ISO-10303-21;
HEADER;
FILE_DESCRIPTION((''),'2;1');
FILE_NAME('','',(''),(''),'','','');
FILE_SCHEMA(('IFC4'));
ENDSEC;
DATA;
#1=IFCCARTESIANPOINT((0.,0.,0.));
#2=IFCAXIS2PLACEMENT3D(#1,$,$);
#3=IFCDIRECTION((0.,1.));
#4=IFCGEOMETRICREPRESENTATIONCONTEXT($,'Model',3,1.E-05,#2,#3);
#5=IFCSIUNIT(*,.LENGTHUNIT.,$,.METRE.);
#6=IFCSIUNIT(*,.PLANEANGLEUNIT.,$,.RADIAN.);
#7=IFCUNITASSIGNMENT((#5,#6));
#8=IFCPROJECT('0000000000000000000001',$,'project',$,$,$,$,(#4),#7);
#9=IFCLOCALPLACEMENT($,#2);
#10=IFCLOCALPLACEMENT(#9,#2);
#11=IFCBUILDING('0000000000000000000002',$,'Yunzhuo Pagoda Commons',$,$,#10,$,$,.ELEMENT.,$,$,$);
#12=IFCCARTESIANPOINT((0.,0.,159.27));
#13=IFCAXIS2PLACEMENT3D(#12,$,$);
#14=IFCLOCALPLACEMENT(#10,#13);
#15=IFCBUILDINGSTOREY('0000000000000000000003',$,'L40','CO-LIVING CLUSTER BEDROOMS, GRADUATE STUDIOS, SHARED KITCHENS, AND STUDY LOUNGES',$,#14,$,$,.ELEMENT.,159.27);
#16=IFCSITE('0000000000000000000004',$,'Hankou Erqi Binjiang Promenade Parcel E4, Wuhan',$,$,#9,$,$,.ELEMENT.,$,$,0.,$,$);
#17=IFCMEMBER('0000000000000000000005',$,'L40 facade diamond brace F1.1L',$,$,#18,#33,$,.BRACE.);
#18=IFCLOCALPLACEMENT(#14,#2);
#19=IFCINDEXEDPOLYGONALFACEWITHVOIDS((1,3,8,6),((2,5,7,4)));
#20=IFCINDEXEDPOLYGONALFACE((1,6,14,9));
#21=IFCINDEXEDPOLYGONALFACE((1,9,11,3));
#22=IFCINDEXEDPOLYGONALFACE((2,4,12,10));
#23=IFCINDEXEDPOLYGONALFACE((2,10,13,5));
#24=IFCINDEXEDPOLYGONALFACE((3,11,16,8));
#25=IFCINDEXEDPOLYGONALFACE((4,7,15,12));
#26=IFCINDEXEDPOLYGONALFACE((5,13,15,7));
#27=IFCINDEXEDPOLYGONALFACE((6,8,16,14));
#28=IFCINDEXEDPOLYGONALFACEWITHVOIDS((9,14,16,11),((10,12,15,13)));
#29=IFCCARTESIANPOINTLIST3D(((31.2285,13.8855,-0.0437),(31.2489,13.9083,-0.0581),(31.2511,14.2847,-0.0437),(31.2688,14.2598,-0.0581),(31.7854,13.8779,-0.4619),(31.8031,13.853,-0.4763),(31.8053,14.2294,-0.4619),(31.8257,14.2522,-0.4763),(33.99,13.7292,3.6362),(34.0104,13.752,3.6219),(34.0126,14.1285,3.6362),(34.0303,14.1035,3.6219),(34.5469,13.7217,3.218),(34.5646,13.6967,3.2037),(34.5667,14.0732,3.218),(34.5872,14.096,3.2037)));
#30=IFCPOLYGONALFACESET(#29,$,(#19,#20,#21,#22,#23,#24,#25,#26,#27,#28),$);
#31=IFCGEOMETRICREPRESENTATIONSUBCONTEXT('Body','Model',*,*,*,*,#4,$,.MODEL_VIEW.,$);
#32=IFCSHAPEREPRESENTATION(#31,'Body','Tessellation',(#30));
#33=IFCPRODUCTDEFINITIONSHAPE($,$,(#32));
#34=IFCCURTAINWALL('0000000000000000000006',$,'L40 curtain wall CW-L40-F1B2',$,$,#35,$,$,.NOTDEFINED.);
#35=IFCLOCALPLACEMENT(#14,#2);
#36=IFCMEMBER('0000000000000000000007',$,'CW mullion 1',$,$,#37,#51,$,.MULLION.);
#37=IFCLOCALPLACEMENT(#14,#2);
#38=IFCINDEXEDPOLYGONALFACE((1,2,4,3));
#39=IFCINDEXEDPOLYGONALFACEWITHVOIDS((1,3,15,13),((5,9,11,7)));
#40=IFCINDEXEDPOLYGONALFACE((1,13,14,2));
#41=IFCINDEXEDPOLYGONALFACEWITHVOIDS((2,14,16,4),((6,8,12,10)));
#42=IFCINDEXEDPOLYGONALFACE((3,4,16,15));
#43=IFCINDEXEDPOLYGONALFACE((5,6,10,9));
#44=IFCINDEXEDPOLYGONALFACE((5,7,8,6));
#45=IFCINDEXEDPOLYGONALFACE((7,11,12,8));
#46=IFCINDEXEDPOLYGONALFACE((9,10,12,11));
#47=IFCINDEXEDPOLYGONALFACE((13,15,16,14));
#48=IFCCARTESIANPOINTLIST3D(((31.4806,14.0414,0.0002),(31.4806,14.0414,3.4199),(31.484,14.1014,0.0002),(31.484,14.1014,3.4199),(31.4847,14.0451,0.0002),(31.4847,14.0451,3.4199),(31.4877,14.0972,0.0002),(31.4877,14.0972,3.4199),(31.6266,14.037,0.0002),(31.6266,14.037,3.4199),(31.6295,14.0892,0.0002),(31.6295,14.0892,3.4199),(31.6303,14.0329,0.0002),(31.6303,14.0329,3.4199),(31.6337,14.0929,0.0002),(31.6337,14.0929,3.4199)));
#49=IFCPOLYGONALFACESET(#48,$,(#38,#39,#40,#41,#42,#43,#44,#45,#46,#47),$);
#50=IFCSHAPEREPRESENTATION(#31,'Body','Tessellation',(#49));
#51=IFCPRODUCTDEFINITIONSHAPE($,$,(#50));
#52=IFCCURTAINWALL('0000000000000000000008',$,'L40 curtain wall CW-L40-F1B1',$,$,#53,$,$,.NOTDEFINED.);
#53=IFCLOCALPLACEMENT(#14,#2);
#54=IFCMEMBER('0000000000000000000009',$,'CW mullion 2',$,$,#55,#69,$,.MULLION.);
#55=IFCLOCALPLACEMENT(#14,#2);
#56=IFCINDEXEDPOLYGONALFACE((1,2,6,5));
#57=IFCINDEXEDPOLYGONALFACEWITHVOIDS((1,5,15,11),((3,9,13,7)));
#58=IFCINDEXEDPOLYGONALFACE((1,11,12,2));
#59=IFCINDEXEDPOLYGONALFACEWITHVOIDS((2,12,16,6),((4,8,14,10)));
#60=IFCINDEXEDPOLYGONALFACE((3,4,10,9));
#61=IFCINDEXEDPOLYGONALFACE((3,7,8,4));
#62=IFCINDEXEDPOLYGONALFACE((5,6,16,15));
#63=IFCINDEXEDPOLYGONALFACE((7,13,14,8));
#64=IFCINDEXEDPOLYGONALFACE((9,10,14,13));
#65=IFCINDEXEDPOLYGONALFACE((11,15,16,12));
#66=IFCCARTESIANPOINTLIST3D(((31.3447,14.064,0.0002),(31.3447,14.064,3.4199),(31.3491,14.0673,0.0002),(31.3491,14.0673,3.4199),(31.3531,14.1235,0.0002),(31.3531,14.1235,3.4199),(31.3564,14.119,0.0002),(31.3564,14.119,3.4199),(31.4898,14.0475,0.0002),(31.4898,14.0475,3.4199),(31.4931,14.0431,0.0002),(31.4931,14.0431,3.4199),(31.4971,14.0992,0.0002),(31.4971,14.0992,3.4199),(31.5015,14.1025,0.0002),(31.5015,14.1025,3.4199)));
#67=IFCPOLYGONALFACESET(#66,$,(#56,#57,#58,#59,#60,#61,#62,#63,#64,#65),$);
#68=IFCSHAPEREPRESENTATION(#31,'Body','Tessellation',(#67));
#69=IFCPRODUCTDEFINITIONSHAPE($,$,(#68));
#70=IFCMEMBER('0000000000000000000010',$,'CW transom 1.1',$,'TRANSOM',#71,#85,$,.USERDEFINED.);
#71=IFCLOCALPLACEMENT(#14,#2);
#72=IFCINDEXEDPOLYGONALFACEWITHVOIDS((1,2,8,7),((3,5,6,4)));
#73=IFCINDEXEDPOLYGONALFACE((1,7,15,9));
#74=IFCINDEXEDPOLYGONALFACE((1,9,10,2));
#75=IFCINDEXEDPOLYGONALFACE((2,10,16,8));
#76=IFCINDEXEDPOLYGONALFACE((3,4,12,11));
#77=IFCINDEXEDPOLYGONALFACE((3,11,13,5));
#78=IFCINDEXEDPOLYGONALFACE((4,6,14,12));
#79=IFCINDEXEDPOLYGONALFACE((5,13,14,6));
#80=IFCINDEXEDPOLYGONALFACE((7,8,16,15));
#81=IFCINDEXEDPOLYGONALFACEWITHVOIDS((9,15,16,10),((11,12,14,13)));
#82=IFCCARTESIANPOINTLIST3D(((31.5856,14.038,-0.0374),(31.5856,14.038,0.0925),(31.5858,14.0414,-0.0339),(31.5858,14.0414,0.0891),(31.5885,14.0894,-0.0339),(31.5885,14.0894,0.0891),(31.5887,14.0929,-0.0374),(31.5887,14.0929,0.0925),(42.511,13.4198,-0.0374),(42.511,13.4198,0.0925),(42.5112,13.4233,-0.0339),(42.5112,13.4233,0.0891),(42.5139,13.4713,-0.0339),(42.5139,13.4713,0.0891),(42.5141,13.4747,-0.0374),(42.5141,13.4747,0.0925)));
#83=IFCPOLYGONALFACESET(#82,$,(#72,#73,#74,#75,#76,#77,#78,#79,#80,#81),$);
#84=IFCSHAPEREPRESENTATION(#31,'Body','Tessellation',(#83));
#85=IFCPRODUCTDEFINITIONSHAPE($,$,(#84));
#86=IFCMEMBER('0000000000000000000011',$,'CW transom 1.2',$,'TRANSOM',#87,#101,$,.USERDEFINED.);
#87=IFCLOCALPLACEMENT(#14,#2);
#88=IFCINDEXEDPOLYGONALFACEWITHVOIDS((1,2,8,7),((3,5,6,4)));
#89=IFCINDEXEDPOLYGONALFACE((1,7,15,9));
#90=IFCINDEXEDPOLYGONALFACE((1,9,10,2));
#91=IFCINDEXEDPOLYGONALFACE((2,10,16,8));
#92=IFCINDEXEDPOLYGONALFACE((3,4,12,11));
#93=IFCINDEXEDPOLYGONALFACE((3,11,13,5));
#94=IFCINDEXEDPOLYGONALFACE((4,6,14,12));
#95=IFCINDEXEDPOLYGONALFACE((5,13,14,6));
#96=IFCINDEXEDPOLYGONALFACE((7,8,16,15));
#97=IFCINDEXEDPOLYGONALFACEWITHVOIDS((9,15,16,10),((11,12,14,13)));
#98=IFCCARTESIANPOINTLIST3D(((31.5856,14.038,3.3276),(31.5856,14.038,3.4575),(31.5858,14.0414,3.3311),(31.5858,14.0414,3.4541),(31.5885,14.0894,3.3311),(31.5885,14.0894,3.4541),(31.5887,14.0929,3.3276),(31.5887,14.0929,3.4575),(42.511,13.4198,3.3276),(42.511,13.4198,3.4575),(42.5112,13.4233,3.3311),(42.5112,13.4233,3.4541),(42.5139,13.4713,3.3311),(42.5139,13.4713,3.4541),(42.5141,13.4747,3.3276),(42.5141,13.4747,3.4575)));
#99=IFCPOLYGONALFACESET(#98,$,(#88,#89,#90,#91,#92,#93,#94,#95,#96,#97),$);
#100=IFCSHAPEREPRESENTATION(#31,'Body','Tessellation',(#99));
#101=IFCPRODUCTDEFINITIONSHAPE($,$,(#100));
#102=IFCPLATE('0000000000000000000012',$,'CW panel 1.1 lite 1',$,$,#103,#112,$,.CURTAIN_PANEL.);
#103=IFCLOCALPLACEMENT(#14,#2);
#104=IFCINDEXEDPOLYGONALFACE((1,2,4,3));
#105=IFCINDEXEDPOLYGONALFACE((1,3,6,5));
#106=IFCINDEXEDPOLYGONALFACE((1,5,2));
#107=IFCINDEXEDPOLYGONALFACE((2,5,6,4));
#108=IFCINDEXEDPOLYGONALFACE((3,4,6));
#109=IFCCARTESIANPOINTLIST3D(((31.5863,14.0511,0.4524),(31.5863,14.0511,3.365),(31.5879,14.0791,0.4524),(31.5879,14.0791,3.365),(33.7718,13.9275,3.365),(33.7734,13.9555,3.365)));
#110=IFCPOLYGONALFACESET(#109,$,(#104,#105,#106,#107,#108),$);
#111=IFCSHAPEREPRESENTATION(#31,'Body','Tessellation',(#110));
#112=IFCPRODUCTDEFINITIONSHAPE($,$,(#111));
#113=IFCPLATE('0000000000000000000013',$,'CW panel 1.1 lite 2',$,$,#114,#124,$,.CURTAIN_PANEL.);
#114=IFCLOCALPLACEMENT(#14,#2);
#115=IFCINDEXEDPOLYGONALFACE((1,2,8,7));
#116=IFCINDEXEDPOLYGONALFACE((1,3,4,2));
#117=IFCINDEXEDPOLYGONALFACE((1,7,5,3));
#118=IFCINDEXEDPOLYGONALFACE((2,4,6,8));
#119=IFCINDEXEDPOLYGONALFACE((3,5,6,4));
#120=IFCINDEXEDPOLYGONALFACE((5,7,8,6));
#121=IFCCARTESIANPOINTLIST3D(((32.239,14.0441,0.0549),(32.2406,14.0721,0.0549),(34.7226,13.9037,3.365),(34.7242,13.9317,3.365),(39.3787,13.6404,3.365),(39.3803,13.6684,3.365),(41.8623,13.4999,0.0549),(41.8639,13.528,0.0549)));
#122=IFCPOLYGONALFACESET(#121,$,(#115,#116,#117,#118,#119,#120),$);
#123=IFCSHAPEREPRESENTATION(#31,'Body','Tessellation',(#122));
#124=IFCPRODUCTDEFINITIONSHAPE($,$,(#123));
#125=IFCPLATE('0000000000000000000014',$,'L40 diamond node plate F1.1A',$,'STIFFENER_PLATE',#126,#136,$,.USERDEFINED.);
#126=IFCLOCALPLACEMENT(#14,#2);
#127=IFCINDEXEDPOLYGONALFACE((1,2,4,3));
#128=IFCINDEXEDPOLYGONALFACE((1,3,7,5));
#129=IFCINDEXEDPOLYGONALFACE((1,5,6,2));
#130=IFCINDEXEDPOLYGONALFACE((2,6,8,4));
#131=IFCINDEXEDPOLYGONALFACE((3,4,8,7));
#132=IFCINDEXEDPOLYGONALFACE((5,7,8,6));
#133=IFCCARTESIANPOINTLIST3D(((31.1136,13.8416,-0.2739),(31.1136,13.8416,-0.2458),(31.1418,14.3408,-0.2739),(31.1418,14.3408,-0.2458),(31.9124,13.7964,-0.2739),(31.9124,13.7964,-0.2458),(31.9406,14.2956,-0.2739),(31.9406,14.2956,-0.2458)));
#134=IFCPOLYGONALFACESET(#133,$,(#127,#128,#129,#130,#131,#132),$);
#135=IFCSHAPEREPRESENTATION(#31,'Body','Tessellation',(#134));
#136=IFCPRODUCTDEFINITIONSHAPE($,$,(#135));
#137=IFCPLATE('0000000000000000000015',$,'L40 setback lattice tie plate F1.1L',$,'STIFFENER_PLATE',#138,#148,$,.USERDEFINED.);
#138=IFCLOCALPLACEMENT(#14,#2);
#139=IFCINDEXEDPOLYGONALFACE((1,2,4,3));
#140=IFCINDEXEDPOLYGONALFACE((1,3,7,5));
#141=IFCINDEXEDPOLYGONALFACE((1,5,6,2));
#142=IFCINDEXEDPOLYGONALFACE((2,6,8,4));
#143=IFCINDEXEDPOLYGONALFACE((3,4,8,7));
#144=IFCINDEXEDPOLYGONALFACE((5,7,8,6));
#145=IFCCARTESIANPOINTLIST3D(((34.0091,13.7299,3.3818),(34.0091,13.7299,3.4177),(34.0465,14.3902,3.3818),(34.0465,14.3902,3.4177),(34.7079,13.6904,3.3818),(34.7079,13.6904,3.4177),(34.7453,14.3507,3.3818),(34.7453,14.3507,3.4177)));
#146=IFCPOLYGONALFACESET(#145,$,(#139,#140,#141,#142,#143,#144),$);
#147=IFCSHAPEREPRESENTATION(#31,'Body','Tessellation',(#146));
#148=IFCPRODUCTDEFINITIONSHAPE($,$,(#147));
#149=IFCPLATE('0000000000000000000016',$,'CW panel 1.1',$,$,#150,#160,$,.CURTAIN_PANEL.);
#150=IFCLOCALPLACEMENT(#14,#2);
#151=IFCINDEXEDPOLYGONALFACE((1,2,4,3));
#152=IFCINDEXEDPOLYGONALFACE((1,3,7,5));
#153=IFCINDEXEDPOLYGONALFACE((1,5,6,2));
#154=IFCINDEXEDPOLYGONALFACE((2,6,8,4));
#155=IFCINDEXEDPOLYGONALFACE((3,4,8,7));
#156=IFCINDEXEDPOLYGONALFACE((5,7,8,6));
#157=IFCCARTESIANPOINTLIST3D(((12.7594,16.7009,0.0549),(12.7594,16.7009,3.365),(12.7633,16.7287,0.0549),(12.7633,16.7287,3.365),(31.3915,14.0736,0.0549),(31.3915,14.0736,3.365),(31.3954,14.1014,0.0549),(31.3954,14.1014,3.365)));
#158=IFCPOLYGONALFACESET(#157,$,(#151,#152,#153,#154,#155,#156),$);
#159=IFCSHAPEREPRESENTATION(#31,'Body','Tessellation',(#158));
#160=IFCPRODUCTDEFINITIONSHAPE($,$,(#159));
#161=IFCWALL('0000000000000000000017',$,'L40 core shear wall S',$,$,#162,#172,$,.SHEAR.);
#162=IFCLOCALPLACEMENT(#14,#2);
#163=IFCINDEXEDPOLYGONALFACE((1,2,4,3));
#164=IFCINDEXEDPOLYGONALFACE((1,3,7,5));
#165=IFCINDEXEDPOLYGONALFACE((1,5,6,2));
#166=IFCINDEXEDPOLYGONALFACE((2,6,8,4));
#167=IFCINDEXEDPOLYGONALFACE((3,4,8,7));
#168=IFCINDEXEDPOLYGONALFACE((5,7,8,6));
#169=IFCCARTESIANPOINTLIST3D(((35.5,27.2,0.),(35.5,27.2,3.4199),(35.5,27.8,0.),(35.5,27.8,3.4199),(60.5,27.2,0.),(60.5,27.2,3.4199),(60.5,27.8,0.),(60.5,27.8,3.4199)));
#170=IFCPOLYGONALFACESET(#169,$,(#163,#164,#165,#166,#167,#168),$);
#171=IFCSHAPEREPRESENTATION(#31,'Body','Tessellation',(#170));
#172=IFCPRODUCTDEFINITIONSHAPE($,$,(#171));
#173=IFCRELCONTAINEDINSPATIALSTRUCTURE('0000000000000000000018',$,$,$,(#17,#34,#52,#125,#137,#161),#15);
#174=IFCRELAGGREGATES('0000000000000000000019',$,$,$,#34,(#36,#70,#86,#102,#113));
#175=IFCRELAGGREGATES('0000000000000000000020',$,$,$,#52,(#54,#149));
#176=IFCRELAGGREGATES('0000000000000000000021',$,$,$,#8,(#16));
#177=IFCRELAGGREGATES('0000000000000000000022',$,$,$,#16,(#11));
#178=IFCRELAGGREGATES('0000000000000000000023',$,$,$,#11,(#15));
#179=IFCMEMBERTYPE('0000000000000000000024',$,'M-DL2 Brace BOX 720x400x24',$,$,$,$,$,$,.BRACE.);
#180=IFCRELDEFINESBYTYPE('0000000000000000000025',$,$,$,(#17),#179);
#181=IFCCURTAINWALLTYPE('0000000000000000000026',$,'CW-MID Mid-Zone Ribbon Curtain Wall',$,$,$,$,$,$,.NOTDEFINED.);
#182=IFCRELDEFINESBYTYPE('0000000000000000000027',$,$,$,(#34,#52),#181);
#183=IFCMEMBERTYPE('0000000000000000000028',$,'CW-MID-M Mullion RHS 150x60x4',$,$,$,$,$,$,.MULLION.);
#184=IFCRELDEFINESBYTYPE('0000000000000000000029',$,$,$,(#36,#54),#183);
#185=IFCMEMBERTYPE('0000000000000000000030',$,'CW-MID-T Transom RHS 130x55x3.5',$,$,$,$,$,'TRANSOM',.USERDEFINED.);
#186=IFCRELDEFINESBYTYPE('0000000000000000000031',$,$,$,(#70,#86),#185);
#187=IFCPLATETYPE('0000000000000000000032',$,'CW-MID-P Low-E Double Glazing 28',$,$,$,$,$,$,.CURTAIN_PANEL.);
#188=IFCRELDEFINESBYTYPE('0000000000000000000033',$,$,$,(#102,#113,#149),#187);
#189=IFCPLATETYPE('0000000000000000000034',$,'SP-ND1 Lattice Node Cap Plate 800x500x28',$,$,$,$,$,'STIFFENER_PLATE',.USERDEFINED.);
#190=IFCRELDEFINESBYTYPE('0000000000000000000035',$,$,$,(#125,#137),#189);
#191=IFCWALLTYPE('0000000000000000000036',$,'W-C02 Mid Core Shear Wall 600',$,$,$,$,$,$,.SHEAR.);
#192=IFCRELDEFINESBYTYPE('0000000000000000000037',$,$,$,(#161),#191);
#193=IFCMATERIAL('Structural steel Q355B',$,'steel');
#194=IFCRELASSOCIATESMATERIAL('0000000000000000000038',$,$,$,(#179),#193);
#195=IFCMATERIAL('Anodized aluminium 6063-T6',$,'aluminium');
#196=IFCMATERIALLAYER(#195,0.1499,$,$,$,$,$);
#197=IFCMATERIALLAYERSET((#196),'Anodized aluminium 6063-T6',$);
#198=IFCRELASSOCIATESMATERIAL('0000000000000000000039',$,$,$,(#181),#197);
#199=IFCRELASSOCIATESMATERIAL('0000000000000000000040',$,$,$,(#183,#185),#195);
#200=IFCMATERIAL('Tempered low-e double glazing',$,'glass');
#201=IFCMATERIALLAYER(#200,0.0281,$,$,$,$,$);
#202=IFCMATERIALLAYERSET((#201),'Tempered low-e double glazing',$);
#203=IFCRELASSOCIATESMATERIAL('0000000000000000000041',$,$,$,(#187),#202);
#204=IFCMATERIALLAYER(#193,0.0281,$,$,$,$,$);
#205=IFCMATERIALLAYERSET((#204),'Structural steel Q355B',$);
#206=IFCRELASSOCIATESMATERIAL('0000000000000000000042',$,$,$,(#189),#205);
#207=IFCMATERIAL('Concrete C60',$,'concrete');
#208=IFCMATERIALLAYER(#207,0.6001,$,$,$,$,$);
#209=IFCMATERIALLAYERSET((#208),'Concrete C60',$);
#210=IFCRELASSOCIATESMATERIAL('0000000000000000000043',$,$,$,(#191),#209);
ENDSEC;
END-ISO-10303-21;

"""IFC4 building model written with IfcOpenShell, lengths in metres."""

from ifc_helpers import new_model, si_unit, direction, frame, frame_2d, origin, origin_2d, place, context, subcontext, project, spatial, polyline, rectangle, hollow_rectangle, outline, extrude, source, transform, mapped, material, layer, layer_set, material_profile, profile_set, type_object, element, aggregate, save


model = new_model("IFC4")

# Units and contexts
model_context = context("Model", 3, precision=1e-05, world=origin(), true_north=direction((0.0, 1.0)))
body_context = subcontext(model_context, "Body", "Model", "MODEL_VIEW")
ifc_project = project(units=[si_unit("LENGTHUNIT", "METRE"), si_unit("PLANEANGLEUNIT", "RADIAN")], contexts=[model_context])

# Site, building, storey
site_placement = place(None, origin())
site = spatial("IfcSite", under=ifc_project, at=site_placement, Name="Hankou Erqi Binjiang Promenade Parcel E4, Wuhan", CompositionType="ELEMENT", RefElevation=0.0)
building_placement = place(site_placement, origin())
building = spatial("IfcBuilding", under=site, at=building_placement, Name="Yunzhuo Pagoda Commons", CompositionType="ELEMENT")
storey_placement = place(building_placement, frame((0.0, 0.0, 159.27)))
storey = spatial("IfcBuildingStorey", under=building, at=storey_placement, Name="L40", Description="CO-LIVING CLUSTER BEDROOMS, GRADUATE STUDIOS, SHARED KITCHENS, AND STUDY LOUNGES", CompositionType="ELEMENT", Elevation=159.27)

# Shared definitions
ifc_material_1 = material(Name="Structural steel Q355B", Category="steel")

# Member
ifc_material_profile_1 = material_profile(ifc_material_1, hollow_rectangle(XDim=0.3999, YDim=0.72, WallThickness=0.0239, at=origin_2d()), Name="Structural steel Q355B")
ifc_profile_set_1 = profile_set([ifc_material_profile_1], Name="Structural steel Q355B")
member_type_1 = type_object("IfcMemberType", Name="M-DL2 Brace BOX 720x400x24", PredefinedType="BRACE", material=ifc_profile_set_1)
shared_shape_1 = source(origin(), body_context, "Body", "SweptSolid", [
    extrude(hollow_rectangle(XDim=0.3999, YDim=0.72, WallThickness=0.0239, at=origin_2d()), origin(), (0.0, 0.0, 1.0), 4.6035),
])
member_1_placement = place(storey_placement, frame((31.5271, 14.0688, -0.26), z_axis=(0.599866, -0.033942, 0.79938), x_axis=(0.056492, 0.998403, 0.0)))
element("IfcMember", 1, at=member_1_placement, inside=storey, type_object=member_type_1, Name="L40 facade diamond brace F1.1L", PredefinedType="BRACE", context=body_context, shape_type="MappedRepresentation", body=[
    mapped(shared_shape_1, transform((0.0, 0.0, 0.0), scale=1.0)),
])

# Curtain walls, members
ifc_material_2 = material(Name="Anodized aluminium 6063-T6", Category="aluminium")
ifc_layer_1 = layer(ifc_material_2, 0.1499)
ifc_layer_set_1 = layer_set([ifc_layer_1], Name="Anodized aluminium 6063-T6")
curtain_wall_type = type_object("IfcCurtainWallType", Name="CW-MID Mid-Zone Ribbon Curtain Wall", PredefinedType="NOTDEFINED", material=ifc_layer_set_1)
curtain_wall_1_placement = place(storey_placement, origin())
curtain_wall_1 = element("IfcCurtainWall", 2, at=curtain_wall_1_placement, inside=storey, type_object=curtain_wall_type, Name="L40 curtain wall CW-L40-F1B2", PredefinedType="NOTDEFINED")
ifc_material_profile_2 = material_profile(ifc_material_2, hollow_rectangle(XDim=0.0601, YDim=0.1499, WallThickness=0.0039, at=origin_2d()), Name="Anodized aluminium 6063-T6")
ifc_profile_set_2 = profile_set([ifc_material_profile_2], Name="Anodized aluminium 6063-T6")
member_type_2 = type_object("IfcMemberType", Name="CW-MID-M Mullion RHS 150x60x4", PredefinedType="MULLION", material=ifc_profile_set_2)
shared_shape_2 = source(origin(), body_context, "Body", "SweptSolid", [
    extrude(hollow_rectangle(XDim=0.0601, YDim=0.1499, WallThickness=0.0039, at=origin_2d()), origin(), (0.0, 0.0, 1.0), 3.4197),
])
member_2_placement = place(storey_placement, frame((31.5571, 14.0671, 0.0002), z_axis=(0.0, 0.0, 1.0), x_axis=(0.056459, 0.998405, 0.0)))
member_2 = element("IfcMember", 3, at=member_2_placement, type_object=member_type_2, Name="CW mullion 1", PredefinedType="MULLION", context=body_context, shape_type="MappedRepresentation", body=[
    mapped(shared_shape_2, transform((0.0, 0.0, 0.0), scale=1.0)),
])
curtain_wall_2_placement = place(storey_placement, origin())
curtain_wall_2 = element("IfcCurtainWall", 4, at=curtain_wall_2_placement, inside=storey, type_object=curtain_wall_type, Name="L40 curtain wall CW-L40-F1B1", PredefinedType="NOTDEFINED")
member_3_placement = place(storey_placement, frame((31.4231, 14.0833, 0.0002), z_axis=(0.0, 0.0, 1.0), x_axis=(0.13963, 0.990204, 0.0)))
member_3 = element("IfcMember", 5, at=member_3_placement, type_object=member_type_2, Name="CW mullion 2", PredefinedType="MULLION", context=body_context, shape_type="MappedRepresentation", body=[
    mapped(shared_shape_2, transform((0.0, 0.0, 0.0), scale=1.0)),
])

# Members
ifc_material_profile_3 = material_profile(ifc_material_2, hollow_rectangle(XDim=0.0549, YDim=0.1299, WallThickness=0.0034, at=origin_2d()), Name="Anodized aluminium 6063-T6")
ifc_profile_set_3 = profile_set([ifc_material_profile_3], Name="Anodized aluminium 6063-T6")
member_type_3 = type_object("IfcMemberType", Name="CW-MID-T Transom RHS 130x55x3.5", ElementType="TRANSOM", PredefinedType="USERDEFINED", material=ifc_profile_set_3)
shared_shape_3 = source(origin(), body_context, "Body", "SweptSolid", [
    extrude(hollow_rectangle(XDim=0.0549, YDim=0.1299, WallThickness=0.0034, at=origin_2d()), origin(), (0.0, 0.0, 1.0), 10.9429),
])
member_4_placement = place(storey_placement, frame((31.5872, 14.0654, 0.0276), z_axis=(0.998403, -0.056491, 0.0), x_axis=(0.056491, 0.998403, 0.0)))
member_4 = element("IfcMember", 6, at=member_4_placement, type_object=member_type_3, Name="CW transom 1.1", ObjectType="TRANSOM", PredefinedType="USERDEFINED", context=body_context, shape_type="MappedRepresentation", body=[
    mapped(shared_shape_3, transform((0.0, 0.0, 0.0), scale=1.0)),
])
member_5_placement = place(storey_placement, frame((31.5872, 14.0654, 3.3926), z_axis=(0.998403, -0.056491, 0.0), x_axis=(0.056491, 0.998403, 0.0)))
member_5 = element("IfcMember", 7, at=member_5_placement, type_object=member_type_3, Name="CW transom 1.2", ObjectType="TRANSOM", PredefinedType="USERDEFINED", context=body_context, shape_type="MappedRepresentation", body=[
    mapped(shared_shape_3, transform((0.0, 0.0, 0.0), scale=1.0)),
])

# Plates
ifc_material_3 = material(Name="Tempered low-e double glazing", Category="glass")
ifc_layer_2 = layer(ifc_material_3, 0.0281)
ifc_layer_set_2 = layer_set([ifc_layer_2], Name="Tempered low-e double glazing")
plate_type_1 = type_object("IfcPlateType", Name="CW-MID-P Low-E Double Glazing 28", PredefinedType="CURTAIN_PANEL", material=ifc_layer_set_2)
plate_1_placement = place(storey_placement, frame((32.6807, 14.0173, 1.9087), z_axis=(-0.056459, -0.998405, 0.0), x_axis=(0.998405, -0.056459, 0.0)))
plate_1 = element("IfcPlate", 8, at=plate_1_placement, type_object=plate_type_1, Name="CW panel 1.1 lite 1", PredefinedType="CURTAIN_PANEL", context=body_context, shape_type="SweptSolid", body=[
    extrude(outline(polyline([(-1.0945, -1.4563), (1.0945, 1.4563), (-1.0945, 1.4563), (-1.0945, -1.4563)])), origin(), (0.0, 0.0, 1.0), 0.0281),
])
plate_2_placement = place(storey_placement, frame((37.0522, 13.8, 1.71), z_axis=(-0.056459, -0.998405, 0.0), x_axis=(0.998405, -0.056459, 0.0)))
plate_2 = element("IfcPlate", 9, at=plate_2_placement, type_object=plate_type_1, Name="CW panel 1.1 lite 2", PredefinedType="CURTAIN_PANEL", context=body_context, shape_type="SweptSolid", body=[
    extrude(outline(polyline([(-4.8193, -1.655), (4.8193, -1.655), (2.3318, 1.655), (-2.3318, 1.655), (-4.8193, -1.655)])), origin(), (0.0, 0.0, 1.0), 0.0281),
])
aggregate(curtain_wall_1, [member_2, member_4, member_5, plate_1, plate_2])

# Plates
ifc_layer_3 = layer(ifc_material_1, 0.0281)
ifc_layer_set_3 = layer_set([ifc_layer_3], Name="Structural steel Q355B")
plate_type_2 = type_object("IfcPlateType", Name="SP-ND1 Lattice Node Cap Plate 800x500x28", ElementType="STIFFENER_PLATE", PredefinedType="USERDEFINED", material=ifc_layer_set_3)
shared_shape_4 = source(origin(), body_context, "Body", "SweptSolid", [
    extrude(rectangle(XDim=0.8, YDim=0.5, at=origin_2d()), origin(), (0.0, 0.0, 1.0), 0.0281),
])
plate_3_placement = place(storey_placement, frame((31.5271, 14.0686, -0.2739), z_axis=(0.0, 0.0, 1.0), x_axis=(0.998405, -0.056466, 0.0)))
element("IfcPlate", 10, at=plate_3_placement, inside=storey, type_object=plate_type_2, Name="L40 diamond node plate F1.1A", ObjectType="STIFFENER_PLATE", PredefinedType="USERDEFINED", context=body_context, shape_type="MappedRepresentation", body=[
    mapped(shared_shape_4, transform((0.0, 0.0, 0.0), scale=1.0)),
])
shared_shape_5 = source(origin(), body_context, "Body", "SweptSolid", [
    extrude(rectangle(XDim=0.7, YDim=0.6614, at=origin_2d()), origin(), (0.0, 0.0, 1.0), 0.0359),
])
plate_4_placement = place(storey_placement, frame((34.3772, 14.0403, 3.3818), z_axis=(0.0, 0.0, 1.0), x_axis=(0.998405, -0.056466, 0.0)))
element("IfcPlate", 11, at=plate_4_placement, inside=storey, type_object=plate_type_2, Name="L40 setback lattice tie plate F1.1L", ObjectType="STIFFENER_PLATE", PredefinedType="USERDEFINED", context=body_context, shape_type="MappedRepresentation", body=[
    mapped(shared_shape_5, transform((0.0, 0.0, 0.0), scale=1.0)),
])

# Plate
shared_shape_6 = source(origin(), body_context, "Body", "SweptSolid", [
    extrude(rectangle(XDim=18.8164, YDim=0.0281, at=origin_2d()), origin(), (0.0, 0.0, 1.0), 3.3101),
])
plate_5_placement = place(storey_placement, frame((22.0774, 15.4011, 0.0549), z_axis=(0.0, 0.0, 1.0), x_axis=(0.990204, -0.13963, 0.0)))
plate_5 = element("IfcPlate", 12, at=plate_5_placement, type_object=plate_type_1, Name="CW panel 1.1", PredefinedType="CURTAIN_PANEL", context=body_context, shape_type="MappedRepresentation", body=[
    mapped(shared_shape_6, transform((0.0, 0.0, 0.0), scale=1.0)),
])
aggregate(curtain_wall_2, [member_3, plate_5])

# Wall
ifc_material_4 = material(Name="Concrete C60", Category="concrete")
ifc_layer_4 = layer(ifc_material_4, 0.6001)
ifc_layer_set_4 = layer_set([ifc_layer_4], Name="Concrete C60")
wall_type_1 = type_object("IfcWallType", Name="W-C02 Mid Core Shear Wall 600", PredefinedType="SHEAR", material=ifc_layer_set_4)
wall_1_placement = place(storey_placement, frame((35.5, 27.5, 0.0), z_axis=(0.0, 0.0, 1.0), x_axis=(1.0, 0.0, 0.0)))
element("IfcWall", 13, at=wall_1_placement, inside=storey, type_object=wall_type_1, Name="L40 core shear wall S", PredefinedType="SHEAR", context=body_context, shape_type="SweptSolid", body=[
    extrude(rectangle(XDim=25.0, YDim=0.6001, at=frame_2d((12.5, 0.0))), origin(), (0.0, 0.0, 1.0), 3.4199),
])

save(model, "model.ifc")
